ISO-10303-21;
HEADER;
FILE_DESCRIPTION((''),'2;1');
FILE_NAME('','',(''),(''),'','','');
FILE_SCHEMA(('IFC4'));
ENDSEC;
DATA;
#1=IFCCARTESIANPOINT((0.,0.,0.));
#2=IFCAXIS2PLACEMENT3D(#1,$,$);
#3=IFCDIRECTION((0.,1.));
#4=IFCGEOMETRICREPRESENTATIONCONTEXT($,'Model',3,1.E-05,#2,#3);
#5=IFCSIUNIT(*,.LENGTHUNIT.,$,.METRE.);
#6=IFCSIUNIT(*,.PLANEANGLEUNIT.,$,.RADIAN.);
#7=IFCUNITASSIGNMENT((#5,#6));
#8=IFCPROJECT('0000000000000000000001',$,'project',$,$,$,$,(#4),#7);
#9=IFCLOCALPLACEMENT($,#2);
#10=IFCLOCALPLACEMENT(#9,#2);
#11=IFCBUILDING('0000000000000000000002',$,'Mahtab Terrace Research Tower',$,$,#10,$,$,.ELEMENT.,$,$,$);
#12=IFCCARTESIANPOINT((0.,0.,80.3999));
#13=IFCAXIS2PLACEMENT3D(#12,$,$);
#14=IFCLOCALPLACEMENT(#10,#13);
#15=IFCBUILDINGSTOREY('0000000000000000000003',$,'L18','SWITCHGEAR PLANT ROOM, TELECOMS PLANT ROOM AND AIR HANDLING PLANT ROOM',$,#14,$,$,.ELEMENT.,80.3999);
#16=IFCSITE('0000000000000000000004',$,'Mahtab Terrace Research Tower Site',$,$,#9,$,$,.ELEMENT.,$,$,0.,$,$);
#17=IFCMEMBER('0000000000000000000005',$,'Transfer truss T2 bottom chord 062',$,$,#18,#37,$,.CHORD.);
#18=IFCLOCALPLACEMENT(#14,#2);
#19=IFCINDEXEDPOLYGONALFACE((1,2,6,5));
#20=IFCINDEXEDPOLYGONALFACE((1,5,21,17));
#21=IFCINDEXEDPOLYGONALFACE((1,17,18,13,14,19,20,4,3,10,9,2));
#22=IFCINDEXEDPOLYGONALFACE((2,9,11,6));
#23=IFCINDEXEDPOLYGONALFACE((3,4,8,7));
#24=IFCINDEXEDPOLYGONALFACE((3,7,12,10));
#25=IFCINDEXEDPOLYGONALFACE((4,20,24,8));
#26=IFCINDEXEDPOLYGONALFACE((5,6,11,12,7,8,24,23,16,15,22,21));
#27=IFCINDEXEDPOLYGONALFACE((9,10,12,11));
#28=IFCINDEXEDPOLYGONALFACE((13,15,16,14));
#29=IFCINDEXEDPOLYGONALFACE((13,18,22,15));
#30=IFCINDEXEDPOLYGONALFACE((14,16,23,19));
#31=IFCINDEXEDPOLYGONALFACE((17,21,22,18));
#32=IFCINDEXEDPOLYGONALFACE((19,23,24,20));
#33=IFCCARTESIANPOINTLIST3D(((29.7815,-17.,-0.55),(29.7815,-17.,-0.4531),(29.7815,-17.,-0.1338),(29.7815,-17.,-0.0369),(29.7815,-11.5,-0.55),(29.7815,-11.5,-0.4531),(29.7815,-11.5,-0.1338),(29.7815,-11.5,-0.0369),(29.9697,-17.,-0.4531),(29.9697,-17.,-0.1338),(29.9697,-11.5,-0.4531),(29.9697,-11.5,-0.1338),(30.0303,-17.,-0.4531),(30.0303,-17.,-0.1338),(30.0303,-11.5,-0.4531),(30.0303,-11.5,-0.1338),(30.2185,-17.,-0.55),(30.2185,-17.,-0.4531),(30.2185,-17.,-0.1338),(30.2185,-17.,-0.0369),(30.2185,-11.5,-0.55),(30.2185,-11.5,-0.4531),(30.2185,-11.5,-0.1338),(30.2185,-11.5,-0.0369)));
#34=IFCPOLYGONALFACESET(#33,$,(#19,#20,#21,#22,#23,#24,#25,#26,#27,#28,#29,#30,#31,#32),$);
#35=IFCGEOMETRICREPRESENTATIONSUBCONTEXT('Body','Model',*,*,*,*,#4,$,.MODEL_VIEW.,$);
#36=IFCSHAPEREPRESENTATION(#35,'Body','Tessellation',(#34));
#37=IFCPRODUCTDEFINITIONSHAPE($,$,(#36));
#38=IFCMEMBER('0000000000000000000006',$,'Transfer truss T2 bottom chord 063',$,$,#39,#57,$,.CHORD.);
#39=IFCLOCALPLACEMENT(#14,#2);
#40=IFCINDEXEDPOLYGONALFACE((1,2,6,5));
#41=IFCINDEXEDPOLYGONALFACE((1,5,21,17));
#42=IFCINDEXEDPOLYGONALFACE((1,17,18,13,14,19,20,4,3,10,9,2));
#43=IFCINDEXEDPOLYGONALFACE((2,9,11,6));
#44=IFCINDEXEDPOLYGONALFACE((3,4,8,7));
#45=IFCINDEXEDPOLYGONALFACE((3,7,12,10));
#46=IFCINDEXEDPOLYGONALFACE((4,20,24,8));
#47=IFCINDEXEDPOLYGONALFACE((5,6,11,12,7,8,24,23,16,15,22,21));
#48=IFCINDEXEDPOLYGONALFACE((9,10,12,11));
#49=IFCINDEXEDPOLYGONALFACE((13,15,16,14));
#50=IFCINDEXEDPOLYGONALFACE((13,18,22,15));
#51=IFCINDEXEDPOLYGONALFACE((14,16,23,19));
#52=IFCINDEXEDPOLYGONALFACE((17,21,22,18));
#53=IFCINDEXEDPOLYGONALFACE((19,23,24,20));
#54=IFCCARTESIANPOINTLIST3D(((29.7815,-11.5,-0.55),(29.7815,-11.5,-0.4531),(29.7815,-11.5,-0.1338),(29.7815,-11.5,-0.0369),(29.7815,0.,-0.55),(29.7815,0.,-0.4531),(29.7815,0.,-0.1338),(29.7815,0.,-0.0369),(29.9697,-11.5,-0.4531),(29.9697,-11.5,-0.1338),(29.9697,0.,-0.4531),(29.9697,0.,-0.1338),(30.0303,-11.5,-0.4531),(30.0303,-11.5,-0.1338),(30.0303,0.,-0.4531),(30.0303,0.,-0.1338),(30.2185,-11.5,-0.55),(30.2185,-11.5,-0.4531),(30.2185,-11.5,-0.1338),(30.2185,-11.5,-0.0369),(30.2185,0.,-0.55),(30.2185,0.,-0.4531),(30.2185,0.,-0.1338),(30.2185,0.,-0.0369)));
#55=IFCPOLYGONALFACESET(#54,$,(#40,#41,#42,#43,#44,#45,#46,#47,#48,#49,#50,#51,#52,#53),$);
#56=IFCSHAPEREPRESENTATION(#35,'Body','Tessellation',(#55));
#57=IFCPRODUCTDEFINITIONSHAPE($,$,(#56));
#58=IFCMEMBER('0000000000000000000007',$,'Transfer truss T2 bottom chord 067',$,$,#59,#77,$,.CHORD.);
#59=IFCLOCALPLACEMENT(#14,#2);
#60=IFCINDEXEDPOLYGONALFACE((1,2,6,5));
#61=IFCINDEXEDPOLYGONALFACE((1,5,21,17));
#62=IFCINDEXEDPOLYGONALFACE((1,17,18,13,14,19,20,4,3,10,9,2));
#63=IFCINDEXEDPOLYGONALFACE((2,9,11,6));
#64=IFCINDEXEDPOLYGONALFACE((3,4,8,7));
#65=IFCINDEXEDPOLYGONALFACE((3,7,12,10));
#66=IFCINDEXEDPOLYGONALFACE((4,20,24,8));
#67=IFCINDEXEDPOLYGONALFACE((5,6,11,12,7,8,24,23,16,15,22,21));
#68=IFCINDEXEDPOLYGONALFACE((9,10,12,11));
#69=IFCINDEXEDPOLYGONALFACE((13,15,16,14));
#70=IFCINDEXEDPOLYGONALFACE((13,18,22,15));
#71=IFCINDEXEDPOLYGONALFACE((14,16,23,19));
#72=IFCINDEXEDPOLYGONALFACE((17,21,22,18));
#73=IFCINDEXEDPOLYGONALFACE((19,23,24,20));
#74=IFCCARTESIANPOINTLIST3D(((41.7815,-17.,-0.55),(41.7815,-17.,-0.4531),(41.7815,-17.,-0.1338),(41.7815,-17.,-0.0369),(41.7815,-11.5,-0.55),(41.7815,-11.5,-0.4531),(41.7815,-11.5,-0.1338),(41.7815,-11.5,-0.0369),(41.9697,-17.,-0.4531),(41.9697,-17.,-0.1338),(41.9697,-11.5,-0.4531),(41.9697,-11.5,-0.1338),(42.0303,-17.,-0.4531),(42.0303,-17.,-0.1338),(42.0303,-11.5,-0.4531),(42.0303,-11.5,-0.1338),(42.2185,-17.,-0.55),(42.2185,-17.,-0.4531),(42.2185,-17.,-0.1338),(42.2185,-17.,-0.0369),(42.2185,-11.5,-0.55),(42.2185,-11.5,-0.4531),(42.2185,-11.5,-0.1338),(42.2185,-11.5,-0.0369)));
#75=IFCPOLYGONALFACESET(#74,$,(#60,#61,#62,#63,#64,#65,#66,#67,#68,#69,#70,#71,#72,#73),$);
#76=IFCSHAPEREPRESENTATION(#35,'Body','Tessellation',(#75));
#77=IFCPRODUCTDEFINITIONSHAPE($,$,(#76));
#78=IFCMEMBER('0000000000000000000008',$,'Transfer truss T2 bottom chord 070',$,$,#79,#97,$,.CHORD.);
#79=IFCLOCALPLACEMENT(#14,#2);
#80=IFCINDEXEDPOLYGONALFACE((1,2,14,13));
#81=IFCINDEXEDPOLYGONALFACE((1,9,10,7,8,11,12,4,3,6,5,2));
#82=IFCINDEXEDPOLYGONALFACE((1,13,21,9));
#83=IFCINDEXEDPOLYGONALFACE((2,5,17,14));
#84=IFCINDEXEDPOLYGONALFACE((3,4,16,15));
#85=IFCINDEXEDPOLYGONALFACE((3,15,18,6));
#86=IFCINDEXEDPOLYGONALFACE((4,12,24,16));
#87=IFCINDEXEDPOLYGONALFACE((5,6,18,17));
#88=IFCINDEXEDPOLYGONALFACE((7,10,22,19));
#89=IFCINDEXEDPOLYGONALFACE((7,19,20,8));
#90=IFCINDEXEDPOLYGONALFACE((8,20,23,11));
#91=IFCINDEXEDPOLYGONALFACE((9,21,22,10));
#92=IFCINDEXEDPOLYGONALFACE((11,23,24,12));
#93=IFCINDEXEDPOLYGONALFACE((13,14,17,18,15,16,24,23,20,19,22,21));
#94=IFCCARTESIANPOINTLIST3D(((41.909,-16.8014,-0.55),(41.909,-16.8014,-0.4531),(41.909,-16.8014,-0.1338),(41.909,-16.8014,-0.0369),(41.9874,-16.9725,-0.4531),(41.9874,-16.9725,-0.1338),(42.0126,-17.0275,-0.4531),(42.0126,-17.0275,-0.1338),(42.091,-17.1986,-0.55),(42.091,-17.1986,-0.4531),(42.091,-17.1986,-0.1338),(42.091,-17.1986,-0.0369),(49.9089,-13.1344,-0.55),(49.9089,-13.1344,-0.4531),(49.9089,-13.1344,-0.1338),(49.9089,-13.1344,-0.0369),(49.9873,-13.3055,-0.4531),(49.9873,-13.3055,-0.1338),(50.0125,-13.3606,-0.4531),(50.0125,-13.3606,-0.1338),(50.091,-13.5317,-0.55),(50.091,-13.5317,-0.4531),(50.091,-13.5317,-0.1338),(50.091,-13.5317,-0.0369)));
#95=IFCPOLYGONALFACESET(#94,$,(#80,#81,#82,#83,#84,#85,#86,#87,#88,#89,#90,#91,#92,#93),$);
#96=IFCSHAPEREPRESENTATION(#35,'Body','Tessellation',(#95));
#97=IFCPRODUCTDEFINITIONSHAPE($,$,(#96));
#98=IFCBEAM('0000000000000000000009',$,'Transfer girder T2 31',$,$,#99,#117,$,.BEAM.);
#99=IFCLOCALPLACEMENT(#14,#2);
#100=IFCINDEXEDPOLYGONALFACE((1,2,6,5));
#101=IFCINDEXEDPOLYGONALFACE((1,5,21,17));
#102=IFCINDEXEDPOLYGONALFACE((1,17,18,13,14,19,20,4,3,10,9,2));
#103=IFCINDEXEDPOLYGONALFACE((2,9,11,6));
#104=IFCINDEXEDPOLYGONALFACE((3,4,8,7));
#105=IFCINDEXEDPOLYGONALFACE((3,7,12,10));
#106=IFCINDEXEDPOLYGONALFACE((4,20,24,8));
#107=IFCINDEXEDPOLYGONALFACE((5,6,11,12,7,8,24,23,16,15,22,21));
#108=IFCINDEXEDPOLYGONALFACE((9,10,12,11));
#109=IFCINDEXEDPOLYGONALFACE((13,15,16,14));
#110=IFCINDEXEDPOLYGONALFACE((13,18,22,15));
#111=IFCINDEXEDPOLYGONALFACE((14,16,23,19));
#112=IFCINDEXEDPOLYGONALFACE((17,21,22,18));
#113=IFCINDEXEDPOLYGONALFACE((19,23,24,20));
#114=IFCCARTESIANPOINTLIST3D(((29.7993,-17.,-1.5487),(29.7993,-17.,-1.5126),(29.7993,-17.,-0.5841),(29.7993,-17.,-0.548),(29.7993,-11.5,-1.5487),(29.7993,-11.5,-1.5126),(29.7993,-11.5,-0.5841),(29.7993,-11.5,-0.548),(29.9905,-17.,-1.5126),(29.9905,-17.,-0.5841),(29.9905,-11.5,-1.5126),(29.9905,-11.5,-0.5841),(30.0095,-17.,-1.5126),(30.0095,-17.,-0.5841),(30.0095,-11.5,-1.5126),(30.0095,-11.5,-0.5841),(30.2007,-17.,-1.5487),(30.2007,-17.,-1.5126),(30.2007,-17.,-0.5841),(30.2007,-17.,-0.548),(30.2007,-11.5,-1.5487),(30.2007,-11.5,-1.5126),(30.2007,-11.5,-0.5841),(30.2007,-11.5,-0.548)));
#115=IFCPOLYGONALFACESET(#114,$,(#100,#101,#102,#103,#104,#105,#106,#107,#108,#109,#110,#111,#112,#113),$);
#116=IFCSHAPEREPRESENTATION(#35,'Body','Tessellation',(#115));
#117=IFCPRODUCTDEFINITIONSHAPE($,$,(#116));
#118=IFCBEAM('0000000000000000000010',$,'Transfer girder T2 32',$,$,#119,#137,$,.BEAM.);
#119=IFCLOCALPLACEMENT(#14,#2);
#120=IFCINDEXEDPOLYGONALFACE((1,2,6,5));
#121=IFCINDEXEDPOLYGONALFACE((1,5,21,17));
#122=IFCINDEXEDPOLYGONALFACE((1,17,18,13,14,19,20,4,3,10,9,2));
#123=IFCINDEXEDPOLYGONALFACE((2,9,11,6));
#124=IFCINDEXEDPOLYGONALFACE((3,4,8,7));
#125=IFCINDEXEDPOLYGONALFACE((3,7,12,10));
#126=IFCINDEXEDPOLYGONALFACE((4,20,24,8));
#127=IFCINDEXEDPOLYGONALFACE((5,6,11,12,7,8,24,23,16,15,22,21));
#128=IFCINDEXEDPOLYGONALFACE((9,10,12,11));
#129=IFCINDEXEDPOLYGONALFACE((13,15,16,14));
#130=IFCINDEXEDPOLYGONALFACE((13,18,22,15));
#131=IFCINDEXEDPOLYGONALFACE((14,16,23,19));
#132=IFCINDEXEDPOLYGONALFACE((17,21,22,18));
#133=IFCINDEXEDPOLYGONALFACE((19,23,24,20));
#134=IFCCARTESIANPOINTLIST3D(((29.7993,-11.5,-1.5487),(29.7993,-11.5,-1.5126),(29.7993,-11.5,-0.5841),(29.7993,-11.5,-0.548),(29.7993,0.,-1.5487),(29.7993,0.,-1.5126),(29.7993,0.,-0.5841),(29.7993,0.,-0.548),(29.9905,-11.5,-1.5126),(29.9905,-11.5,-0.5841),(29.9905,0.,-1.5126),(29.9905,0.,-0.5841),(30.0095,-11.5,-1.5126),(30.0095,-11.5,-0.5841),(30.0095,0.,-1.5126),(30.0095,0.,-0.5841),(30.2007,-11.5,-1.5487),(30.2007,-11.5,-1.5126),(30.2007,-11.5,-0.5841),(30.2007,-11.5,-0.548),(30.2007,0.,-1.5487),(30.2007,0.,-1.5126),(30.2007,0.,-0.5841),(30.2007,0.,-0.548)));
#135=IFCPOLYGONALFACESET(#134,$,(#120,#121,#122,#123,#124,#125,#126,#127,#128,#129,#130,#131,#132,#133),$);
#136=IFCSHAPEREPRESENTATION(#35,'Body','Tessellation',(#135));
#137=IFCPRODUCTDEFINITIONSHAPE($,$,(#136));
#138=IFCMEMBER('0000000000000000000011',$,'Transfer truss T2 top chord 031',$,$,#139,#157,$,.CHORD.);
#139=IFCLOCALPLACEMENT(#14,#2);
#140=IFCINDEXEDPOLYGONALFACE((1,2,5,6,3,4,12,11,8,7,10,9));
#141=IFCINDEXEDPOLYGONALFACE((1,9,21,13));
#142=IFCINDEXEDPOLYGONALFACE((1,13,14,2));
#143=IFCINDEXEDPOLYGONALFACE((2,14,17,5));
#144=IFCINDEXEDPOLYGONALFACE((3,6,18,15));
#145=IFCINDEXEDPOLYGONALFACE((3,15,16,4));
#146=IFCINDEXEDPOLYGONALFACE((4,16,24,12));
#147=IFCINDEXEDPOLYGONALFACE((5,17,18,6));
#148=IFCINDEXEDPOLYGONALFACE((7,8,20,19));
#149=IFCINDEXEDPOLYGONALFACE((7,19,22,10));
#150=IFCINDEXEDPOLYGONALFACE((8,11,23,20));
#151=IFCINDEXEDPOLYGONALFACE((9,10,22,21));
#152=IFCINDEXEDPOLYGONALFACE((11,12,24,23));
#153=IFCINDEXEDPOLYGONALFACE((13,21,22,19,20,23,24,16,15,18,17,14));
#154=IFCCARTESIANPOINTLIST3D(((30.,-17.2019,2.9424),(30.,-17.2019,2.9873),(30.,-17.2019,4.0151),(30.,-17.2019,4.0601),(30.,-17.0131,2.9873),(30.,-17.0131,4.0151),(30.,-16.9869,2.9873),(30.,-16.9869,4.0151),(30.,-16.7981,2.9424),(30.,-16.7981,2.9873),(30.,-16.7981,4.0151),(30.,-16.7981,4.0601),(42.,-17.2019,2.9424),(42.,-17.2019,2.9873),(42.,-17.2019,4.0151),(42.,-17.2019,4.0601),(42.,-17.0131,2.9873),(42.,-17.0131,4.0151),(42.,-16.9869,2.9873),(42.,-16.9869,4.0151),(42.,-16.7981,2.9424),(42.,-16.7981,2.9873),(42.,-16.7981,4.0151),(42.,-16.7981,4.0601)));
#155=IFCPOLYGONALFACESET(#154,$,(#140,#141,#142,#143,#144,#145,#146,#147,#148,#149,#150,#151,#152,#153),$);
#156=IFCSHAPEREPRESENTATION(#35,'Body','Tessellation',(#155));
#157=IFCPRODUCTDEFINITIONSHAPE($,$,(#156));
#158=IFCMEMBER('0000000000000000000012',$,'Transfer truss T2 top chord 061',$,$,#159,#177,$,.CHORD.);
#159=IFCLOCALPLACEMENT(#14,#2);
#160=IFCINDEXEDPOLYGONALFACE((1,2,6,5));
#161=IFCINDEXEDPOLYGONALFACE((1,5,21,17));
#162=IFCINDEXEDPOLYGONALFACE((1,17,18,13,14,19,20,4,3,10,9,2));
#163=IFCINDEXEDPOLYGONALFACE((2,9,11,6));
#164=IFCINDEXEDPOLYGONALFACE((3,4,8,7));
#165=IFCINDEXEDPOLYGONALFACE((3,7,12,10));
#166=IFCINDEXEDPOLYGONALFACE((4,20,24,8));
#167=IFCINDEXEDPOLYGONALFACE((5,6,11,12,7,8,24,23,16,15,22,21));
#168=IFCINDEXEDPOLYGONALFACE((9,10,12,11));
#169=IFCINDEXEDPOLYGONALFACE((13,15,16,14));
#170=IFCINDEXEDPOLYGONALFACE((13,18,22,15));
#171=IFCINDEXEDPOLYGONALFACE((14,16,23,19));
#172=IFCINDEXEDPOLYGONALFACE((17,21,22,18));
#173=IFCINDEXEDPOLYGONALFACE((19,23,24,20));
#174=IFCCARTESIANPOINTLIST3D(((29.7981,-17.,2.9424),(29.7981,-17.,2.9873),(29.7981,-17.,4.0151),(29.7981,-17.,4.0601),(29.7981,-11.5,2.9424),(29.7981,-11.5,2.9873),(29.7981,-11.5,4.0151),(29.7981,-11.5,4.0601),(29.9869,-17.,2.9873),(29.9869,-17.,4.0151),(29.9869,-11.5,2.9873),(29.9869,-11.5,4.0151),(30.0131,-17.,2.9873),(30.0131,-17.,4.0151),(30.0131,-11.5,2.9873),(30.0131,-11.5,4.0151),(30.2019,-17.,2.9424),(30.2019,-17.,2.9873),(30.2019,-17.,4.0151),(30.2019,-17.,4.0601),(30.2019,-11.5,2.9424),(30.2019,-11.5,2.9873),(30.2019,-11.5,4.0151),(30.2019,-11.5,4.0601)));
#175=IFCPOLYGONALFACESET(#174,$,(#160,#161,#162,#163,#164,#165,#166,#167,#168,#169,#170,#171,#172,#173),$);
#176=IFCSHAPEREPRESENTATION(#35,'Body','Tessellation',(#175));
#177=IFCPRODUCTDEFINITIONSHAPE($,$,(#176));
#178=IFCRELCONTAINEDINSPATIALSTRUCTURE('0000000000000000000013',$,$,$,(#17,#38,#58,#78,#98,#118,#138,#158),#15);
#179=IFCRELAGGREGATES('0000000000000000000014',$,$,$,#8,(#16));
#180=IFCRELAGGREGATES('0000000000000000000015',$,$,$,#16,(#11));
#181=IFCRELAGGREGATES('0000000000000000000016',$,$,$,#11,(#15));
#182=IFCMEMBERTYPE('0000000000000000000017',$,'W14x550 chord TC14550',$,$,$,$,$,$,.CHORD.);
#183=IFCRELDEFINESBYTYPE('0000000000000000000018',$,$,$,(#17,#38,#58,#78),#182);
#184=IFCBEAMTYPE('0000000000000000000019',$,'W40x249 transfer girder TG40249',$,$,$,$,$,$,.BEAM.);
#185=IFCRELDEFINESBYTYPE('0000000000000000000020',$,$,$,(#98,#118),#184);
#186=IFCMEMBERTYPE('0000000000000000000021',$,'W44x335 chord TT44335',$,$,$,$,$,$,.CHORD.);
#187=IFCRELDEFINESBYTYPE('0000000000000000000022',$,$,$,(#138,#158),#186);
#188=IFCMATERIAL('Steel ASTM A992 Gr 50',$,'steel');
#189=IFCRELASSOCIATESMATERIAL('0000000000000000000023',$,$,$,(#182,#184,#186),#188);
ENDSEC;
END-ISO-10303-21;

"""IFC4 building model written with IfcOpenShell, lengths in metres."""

from ifc_helpers import new_model, si_unit, direction, frame, origin, origin_2d, place, context, subcontext, project, spatial, i_section, extrude, material, material_profile, profile_set, type_object, element, save


model = new_model("IFC4")

# Units and contexts
model_context = context("Model", 3, precision=1e-05, world=origin(), true_north=direction((0.0, 1.0)))
body_context = subcontext(model_context, "Body", "Model", "MODEL_VIEW")
ifc_project = project(units=[si_unit("LENGTHUNIT", "METRE"), si_unit("PLANEANGLEUNIT", "RADIAN")], contexts=[model_context])

# Site, building, storey
site_placement = place(None, origin())
site = spatial("IfcSite", under=ifc_project, at=site_placement, Name="Mahtab Terrace Research Tower Site", CompositionType="ELEMENT", RefElevation=0.0)
building_placement = place(site_placement, origin())
building = spatial("IfcBuilding", under=site, at=building_placement, Name="Mahtab Terrace Research Tower", CompositionType="ELEMENT")
storey_placement = place(building_placement, frame((0.0, 0.0, 80.3999)))
storey = spatial("IfcBuildingStorey", under=building, at=storey_placement, Name="L18", Description="SWITCHGEAR PLANT ROOM, TELECOMS PLANT ROOM AND AIR HANDLING PLANT ROOM", CompositionType="ELEMENT", Elevation=80.3999)

# Shared definitions
ifc_material_1 = material(Name="Steel ASTM A992 Gr 50", Category="steel")

# Members
ifc_material_profile_1 = material_profile(ifc_material_1, i_section(OverallWidth=0.437, OverallDepth=0.5132, WebThickness=0.0605, FlangeThickness=0.0969, at=origin_2d()), Name="W14X550")
ifc_profile_set_1 = profile_set([ifc_material_profile_1], Name="Steel ASTM A992 Gr 50")
member_type_1 = type_object("IfcMemberType", Name="W14x550 chord TC14550", PredefinedType="CHORD", material=ifc_profile_set_1)
member_1_placement = place(storey_placement, frame((30.0, -17.0, -0.2935), z_axis=(0.0, 1.0, 0.0), x_axis=(-1.0, 0.0, 0.0)))
element("IfcMember", 1, at=member_1_placement, inside=storey, type_object=member_type_1, Name="Transfer truss T2 bottom chord 062", PredefinedType="CHORD", context=body_context, shape_type="SweptSolid", body=[
    extrude(i_section(OverallWidth=0.437, OverallDepth=0.5132, WebThickness=0.0605, FlangeThickness=0.0969, at=origin_2d()), origin(), (0.0, 0.0, 1.0), 5.5),
])
member_2_placement = place(storey_placement, frame((30.0, -11.5, -0.2935), z_axis=(0.0, 1.0, 0.0), x_axis=(-1.0, 0.0, 0.0)))
element("IfcMember", 2, at=member_2_placement, inside=storey, type_object=member_type_1, Name="Transfer truss T2 bottom chord 063", PredefinedType="CHORD", context=body_context, shape_type="SweptSolid", body=[
    extrude(i_section(OverallWidth=0.437, OverallDepth=0.5132, WebThickness=0.0605, FlangeThickness=0.0969, at=origin_2d()), origin(), (0.0, 0.0, 1.0), 11.5),
])
member_3_placement = place(storey_placement, frame((42.0, -17.0, -0.2935), z_axis=(0.0, 1.0, 0.0), x_axis=(-1.0, 0.0, 0.0)))
element("IfcMember", 3, at=member_3_placement, inside=storey, type_object=member_type_1, Name="Transfer truss T2 bottom chord 067", PredefinedType="CHORD", context=body_context, shape_type="SweptSolid", body=[
    extrude(i_section(OverallWidth=0.437, OverallDepth=0.5132, WebThickness=0.0605, FlangeThickness=0.0969, at=origin_2d()), origin(), (0.0, 0.0, 1.0), 5.5),
])
member_4_placement = place(storey_placement, frame((42.0, -17.0, -0.2935), z_axis=(0.909051, 0.416685, 0.0), x_axis=(-0.416685, 0.909051, 0.0)))
element("IfcMember", 4, at=member_4_placement, inside=storey, type_object=member_type_1, Name="Transfer truss T2 bottom chord 070", PredefinedType="CHORD", context=body_context, shape_type="SweptSolid", body=[
    extrude(i_section(OverallWidth=0.437, OverallDepth=0.5132, WebThickness=0.0605, FlangeThickness=0.0969, at=origin_2d()), origin(), (0.0, 0.0, 1.0), 8.8003),
])

# Beams
ifc_material_profile_2 = material_profile(ifc_material_1, i_section(OverallWidth=0.4014, OverallDepth=1.0007, WebThickness=0.019, FlangeThickness=0.0361, at=origin_2d()), Name="W40X249")
ifc_profile_set_2 = profile_set([ifc_material_profile_2], Name="Steel ASTM A992 Gr 50")
beam_type = type_object("IfcBeamType", Name="W40x249 transfer girder TG40249", PredefinedType="BEAM", material=ifc_profile_set_2)
beam_1_placement = place(storey_placement, frame((30.0, -17.0, -1.0483), z_axis=(0.0, 1.0, 0.0), x_axis=(-1.0, 0.0, 0.0)))
element("IfcBeam", 5, at=beam_1_placement, inside=storey, type_object=beam_type, Name="Transfer girder T2 31", PredefinedType="BEAM", context=body_context, shape_type="SweptSolid", body=[
    extrude(i_section(OverallWidth=0.4014, OverallDepth=1.0007, WebThickness=0.019, FlangeThickness=0.0361, at=origin_2d()), origin(), (0.0, 0.0, 1.0), 5.5),
])
beam_2_placement = place(storey_placement, frame((30.0, -11.5, -1.0483), z_axis=(0.0, 1.0, 0.0), x_axis=(-1.0, 0.0, 0.0)))
element("IfcBeam", 6, at=beam_2_placement, inside=storey, type_object=beam_type, Name="Transfer girder T2 32", PredefinedType="BEAM", context=body_context, shape_type="SweptSolid", body=[
    extrude(i_section(OverallWidth=0.4014, OverallDepth=1.0007, WebThickness=0.019, FlangeThickness=0.0361, at=origin_2d()), origin(), (0.0, 0.0, 1.0), 11.5),
])

# Members
ifc_material_profile_3 = material_profile(ifc_material_1, i_section(OverallWidth=0.4038, OverallDepth=1.1177, WebThickness=0.0261, FlangeThickness=0.0449, at=origin_2d()), Name="W44X335")
ifc_profile_set_3 = profile_set([ifc_material_profile_3], Name="Steel ASTM A992 Gr 50")
member_type_2 = type_object("IfcMemberType", Name="W44x335 chord TT44335", PredefinedType="CHORD", material=ifc_profile_set_3)
member_5_placement = place(storey_placement, frame((30.0, -17.0, 3.5012), z_axis=(1.0, 0.0, 0.0), x_axis=(0.0, 1.0, 0.0)))
element("IfcMember", 7, at=member_5_placement, inside=storey, type_object=member_type_2, Name="Transfer truss T2 top chord 031", PredefinedType="CHORD", context=body_context, shape_type="SweptSolid", body=[
    extrude(i_section(OverallWidth=0.4038, OverallDepth=1.1177, WebThickness=0.0261, FlangeThickness=0.0449, at=origin_2d()), origin(), (0.0, 0.0, 1.0), 12.0),
])
member_6_placement = place(storey_placement, frame((30.0, -17.0, 3.5012), z_axis=(0.0, 1.0, 0.0), x_axis=(-1.0, 0.0, 0.0)))
element("IfcMember", 8, at=member_6_placement, inside=storey, type_object=member_type_2, Name="Transfer truss T2 top chord 061", PredefinedType="CHORD", context=body_context, shape_type="SweptSolid", body=[
    extrude(i_section(OverallWidth=0.4038, OverallDepth=1.1177, WebThickness=0.0261, FlangeThickness=0.0449, at=origin_2d()), origin(), (0.0, 0.0, 1.0), 5.5),
])

save(model, "model.ifc")
